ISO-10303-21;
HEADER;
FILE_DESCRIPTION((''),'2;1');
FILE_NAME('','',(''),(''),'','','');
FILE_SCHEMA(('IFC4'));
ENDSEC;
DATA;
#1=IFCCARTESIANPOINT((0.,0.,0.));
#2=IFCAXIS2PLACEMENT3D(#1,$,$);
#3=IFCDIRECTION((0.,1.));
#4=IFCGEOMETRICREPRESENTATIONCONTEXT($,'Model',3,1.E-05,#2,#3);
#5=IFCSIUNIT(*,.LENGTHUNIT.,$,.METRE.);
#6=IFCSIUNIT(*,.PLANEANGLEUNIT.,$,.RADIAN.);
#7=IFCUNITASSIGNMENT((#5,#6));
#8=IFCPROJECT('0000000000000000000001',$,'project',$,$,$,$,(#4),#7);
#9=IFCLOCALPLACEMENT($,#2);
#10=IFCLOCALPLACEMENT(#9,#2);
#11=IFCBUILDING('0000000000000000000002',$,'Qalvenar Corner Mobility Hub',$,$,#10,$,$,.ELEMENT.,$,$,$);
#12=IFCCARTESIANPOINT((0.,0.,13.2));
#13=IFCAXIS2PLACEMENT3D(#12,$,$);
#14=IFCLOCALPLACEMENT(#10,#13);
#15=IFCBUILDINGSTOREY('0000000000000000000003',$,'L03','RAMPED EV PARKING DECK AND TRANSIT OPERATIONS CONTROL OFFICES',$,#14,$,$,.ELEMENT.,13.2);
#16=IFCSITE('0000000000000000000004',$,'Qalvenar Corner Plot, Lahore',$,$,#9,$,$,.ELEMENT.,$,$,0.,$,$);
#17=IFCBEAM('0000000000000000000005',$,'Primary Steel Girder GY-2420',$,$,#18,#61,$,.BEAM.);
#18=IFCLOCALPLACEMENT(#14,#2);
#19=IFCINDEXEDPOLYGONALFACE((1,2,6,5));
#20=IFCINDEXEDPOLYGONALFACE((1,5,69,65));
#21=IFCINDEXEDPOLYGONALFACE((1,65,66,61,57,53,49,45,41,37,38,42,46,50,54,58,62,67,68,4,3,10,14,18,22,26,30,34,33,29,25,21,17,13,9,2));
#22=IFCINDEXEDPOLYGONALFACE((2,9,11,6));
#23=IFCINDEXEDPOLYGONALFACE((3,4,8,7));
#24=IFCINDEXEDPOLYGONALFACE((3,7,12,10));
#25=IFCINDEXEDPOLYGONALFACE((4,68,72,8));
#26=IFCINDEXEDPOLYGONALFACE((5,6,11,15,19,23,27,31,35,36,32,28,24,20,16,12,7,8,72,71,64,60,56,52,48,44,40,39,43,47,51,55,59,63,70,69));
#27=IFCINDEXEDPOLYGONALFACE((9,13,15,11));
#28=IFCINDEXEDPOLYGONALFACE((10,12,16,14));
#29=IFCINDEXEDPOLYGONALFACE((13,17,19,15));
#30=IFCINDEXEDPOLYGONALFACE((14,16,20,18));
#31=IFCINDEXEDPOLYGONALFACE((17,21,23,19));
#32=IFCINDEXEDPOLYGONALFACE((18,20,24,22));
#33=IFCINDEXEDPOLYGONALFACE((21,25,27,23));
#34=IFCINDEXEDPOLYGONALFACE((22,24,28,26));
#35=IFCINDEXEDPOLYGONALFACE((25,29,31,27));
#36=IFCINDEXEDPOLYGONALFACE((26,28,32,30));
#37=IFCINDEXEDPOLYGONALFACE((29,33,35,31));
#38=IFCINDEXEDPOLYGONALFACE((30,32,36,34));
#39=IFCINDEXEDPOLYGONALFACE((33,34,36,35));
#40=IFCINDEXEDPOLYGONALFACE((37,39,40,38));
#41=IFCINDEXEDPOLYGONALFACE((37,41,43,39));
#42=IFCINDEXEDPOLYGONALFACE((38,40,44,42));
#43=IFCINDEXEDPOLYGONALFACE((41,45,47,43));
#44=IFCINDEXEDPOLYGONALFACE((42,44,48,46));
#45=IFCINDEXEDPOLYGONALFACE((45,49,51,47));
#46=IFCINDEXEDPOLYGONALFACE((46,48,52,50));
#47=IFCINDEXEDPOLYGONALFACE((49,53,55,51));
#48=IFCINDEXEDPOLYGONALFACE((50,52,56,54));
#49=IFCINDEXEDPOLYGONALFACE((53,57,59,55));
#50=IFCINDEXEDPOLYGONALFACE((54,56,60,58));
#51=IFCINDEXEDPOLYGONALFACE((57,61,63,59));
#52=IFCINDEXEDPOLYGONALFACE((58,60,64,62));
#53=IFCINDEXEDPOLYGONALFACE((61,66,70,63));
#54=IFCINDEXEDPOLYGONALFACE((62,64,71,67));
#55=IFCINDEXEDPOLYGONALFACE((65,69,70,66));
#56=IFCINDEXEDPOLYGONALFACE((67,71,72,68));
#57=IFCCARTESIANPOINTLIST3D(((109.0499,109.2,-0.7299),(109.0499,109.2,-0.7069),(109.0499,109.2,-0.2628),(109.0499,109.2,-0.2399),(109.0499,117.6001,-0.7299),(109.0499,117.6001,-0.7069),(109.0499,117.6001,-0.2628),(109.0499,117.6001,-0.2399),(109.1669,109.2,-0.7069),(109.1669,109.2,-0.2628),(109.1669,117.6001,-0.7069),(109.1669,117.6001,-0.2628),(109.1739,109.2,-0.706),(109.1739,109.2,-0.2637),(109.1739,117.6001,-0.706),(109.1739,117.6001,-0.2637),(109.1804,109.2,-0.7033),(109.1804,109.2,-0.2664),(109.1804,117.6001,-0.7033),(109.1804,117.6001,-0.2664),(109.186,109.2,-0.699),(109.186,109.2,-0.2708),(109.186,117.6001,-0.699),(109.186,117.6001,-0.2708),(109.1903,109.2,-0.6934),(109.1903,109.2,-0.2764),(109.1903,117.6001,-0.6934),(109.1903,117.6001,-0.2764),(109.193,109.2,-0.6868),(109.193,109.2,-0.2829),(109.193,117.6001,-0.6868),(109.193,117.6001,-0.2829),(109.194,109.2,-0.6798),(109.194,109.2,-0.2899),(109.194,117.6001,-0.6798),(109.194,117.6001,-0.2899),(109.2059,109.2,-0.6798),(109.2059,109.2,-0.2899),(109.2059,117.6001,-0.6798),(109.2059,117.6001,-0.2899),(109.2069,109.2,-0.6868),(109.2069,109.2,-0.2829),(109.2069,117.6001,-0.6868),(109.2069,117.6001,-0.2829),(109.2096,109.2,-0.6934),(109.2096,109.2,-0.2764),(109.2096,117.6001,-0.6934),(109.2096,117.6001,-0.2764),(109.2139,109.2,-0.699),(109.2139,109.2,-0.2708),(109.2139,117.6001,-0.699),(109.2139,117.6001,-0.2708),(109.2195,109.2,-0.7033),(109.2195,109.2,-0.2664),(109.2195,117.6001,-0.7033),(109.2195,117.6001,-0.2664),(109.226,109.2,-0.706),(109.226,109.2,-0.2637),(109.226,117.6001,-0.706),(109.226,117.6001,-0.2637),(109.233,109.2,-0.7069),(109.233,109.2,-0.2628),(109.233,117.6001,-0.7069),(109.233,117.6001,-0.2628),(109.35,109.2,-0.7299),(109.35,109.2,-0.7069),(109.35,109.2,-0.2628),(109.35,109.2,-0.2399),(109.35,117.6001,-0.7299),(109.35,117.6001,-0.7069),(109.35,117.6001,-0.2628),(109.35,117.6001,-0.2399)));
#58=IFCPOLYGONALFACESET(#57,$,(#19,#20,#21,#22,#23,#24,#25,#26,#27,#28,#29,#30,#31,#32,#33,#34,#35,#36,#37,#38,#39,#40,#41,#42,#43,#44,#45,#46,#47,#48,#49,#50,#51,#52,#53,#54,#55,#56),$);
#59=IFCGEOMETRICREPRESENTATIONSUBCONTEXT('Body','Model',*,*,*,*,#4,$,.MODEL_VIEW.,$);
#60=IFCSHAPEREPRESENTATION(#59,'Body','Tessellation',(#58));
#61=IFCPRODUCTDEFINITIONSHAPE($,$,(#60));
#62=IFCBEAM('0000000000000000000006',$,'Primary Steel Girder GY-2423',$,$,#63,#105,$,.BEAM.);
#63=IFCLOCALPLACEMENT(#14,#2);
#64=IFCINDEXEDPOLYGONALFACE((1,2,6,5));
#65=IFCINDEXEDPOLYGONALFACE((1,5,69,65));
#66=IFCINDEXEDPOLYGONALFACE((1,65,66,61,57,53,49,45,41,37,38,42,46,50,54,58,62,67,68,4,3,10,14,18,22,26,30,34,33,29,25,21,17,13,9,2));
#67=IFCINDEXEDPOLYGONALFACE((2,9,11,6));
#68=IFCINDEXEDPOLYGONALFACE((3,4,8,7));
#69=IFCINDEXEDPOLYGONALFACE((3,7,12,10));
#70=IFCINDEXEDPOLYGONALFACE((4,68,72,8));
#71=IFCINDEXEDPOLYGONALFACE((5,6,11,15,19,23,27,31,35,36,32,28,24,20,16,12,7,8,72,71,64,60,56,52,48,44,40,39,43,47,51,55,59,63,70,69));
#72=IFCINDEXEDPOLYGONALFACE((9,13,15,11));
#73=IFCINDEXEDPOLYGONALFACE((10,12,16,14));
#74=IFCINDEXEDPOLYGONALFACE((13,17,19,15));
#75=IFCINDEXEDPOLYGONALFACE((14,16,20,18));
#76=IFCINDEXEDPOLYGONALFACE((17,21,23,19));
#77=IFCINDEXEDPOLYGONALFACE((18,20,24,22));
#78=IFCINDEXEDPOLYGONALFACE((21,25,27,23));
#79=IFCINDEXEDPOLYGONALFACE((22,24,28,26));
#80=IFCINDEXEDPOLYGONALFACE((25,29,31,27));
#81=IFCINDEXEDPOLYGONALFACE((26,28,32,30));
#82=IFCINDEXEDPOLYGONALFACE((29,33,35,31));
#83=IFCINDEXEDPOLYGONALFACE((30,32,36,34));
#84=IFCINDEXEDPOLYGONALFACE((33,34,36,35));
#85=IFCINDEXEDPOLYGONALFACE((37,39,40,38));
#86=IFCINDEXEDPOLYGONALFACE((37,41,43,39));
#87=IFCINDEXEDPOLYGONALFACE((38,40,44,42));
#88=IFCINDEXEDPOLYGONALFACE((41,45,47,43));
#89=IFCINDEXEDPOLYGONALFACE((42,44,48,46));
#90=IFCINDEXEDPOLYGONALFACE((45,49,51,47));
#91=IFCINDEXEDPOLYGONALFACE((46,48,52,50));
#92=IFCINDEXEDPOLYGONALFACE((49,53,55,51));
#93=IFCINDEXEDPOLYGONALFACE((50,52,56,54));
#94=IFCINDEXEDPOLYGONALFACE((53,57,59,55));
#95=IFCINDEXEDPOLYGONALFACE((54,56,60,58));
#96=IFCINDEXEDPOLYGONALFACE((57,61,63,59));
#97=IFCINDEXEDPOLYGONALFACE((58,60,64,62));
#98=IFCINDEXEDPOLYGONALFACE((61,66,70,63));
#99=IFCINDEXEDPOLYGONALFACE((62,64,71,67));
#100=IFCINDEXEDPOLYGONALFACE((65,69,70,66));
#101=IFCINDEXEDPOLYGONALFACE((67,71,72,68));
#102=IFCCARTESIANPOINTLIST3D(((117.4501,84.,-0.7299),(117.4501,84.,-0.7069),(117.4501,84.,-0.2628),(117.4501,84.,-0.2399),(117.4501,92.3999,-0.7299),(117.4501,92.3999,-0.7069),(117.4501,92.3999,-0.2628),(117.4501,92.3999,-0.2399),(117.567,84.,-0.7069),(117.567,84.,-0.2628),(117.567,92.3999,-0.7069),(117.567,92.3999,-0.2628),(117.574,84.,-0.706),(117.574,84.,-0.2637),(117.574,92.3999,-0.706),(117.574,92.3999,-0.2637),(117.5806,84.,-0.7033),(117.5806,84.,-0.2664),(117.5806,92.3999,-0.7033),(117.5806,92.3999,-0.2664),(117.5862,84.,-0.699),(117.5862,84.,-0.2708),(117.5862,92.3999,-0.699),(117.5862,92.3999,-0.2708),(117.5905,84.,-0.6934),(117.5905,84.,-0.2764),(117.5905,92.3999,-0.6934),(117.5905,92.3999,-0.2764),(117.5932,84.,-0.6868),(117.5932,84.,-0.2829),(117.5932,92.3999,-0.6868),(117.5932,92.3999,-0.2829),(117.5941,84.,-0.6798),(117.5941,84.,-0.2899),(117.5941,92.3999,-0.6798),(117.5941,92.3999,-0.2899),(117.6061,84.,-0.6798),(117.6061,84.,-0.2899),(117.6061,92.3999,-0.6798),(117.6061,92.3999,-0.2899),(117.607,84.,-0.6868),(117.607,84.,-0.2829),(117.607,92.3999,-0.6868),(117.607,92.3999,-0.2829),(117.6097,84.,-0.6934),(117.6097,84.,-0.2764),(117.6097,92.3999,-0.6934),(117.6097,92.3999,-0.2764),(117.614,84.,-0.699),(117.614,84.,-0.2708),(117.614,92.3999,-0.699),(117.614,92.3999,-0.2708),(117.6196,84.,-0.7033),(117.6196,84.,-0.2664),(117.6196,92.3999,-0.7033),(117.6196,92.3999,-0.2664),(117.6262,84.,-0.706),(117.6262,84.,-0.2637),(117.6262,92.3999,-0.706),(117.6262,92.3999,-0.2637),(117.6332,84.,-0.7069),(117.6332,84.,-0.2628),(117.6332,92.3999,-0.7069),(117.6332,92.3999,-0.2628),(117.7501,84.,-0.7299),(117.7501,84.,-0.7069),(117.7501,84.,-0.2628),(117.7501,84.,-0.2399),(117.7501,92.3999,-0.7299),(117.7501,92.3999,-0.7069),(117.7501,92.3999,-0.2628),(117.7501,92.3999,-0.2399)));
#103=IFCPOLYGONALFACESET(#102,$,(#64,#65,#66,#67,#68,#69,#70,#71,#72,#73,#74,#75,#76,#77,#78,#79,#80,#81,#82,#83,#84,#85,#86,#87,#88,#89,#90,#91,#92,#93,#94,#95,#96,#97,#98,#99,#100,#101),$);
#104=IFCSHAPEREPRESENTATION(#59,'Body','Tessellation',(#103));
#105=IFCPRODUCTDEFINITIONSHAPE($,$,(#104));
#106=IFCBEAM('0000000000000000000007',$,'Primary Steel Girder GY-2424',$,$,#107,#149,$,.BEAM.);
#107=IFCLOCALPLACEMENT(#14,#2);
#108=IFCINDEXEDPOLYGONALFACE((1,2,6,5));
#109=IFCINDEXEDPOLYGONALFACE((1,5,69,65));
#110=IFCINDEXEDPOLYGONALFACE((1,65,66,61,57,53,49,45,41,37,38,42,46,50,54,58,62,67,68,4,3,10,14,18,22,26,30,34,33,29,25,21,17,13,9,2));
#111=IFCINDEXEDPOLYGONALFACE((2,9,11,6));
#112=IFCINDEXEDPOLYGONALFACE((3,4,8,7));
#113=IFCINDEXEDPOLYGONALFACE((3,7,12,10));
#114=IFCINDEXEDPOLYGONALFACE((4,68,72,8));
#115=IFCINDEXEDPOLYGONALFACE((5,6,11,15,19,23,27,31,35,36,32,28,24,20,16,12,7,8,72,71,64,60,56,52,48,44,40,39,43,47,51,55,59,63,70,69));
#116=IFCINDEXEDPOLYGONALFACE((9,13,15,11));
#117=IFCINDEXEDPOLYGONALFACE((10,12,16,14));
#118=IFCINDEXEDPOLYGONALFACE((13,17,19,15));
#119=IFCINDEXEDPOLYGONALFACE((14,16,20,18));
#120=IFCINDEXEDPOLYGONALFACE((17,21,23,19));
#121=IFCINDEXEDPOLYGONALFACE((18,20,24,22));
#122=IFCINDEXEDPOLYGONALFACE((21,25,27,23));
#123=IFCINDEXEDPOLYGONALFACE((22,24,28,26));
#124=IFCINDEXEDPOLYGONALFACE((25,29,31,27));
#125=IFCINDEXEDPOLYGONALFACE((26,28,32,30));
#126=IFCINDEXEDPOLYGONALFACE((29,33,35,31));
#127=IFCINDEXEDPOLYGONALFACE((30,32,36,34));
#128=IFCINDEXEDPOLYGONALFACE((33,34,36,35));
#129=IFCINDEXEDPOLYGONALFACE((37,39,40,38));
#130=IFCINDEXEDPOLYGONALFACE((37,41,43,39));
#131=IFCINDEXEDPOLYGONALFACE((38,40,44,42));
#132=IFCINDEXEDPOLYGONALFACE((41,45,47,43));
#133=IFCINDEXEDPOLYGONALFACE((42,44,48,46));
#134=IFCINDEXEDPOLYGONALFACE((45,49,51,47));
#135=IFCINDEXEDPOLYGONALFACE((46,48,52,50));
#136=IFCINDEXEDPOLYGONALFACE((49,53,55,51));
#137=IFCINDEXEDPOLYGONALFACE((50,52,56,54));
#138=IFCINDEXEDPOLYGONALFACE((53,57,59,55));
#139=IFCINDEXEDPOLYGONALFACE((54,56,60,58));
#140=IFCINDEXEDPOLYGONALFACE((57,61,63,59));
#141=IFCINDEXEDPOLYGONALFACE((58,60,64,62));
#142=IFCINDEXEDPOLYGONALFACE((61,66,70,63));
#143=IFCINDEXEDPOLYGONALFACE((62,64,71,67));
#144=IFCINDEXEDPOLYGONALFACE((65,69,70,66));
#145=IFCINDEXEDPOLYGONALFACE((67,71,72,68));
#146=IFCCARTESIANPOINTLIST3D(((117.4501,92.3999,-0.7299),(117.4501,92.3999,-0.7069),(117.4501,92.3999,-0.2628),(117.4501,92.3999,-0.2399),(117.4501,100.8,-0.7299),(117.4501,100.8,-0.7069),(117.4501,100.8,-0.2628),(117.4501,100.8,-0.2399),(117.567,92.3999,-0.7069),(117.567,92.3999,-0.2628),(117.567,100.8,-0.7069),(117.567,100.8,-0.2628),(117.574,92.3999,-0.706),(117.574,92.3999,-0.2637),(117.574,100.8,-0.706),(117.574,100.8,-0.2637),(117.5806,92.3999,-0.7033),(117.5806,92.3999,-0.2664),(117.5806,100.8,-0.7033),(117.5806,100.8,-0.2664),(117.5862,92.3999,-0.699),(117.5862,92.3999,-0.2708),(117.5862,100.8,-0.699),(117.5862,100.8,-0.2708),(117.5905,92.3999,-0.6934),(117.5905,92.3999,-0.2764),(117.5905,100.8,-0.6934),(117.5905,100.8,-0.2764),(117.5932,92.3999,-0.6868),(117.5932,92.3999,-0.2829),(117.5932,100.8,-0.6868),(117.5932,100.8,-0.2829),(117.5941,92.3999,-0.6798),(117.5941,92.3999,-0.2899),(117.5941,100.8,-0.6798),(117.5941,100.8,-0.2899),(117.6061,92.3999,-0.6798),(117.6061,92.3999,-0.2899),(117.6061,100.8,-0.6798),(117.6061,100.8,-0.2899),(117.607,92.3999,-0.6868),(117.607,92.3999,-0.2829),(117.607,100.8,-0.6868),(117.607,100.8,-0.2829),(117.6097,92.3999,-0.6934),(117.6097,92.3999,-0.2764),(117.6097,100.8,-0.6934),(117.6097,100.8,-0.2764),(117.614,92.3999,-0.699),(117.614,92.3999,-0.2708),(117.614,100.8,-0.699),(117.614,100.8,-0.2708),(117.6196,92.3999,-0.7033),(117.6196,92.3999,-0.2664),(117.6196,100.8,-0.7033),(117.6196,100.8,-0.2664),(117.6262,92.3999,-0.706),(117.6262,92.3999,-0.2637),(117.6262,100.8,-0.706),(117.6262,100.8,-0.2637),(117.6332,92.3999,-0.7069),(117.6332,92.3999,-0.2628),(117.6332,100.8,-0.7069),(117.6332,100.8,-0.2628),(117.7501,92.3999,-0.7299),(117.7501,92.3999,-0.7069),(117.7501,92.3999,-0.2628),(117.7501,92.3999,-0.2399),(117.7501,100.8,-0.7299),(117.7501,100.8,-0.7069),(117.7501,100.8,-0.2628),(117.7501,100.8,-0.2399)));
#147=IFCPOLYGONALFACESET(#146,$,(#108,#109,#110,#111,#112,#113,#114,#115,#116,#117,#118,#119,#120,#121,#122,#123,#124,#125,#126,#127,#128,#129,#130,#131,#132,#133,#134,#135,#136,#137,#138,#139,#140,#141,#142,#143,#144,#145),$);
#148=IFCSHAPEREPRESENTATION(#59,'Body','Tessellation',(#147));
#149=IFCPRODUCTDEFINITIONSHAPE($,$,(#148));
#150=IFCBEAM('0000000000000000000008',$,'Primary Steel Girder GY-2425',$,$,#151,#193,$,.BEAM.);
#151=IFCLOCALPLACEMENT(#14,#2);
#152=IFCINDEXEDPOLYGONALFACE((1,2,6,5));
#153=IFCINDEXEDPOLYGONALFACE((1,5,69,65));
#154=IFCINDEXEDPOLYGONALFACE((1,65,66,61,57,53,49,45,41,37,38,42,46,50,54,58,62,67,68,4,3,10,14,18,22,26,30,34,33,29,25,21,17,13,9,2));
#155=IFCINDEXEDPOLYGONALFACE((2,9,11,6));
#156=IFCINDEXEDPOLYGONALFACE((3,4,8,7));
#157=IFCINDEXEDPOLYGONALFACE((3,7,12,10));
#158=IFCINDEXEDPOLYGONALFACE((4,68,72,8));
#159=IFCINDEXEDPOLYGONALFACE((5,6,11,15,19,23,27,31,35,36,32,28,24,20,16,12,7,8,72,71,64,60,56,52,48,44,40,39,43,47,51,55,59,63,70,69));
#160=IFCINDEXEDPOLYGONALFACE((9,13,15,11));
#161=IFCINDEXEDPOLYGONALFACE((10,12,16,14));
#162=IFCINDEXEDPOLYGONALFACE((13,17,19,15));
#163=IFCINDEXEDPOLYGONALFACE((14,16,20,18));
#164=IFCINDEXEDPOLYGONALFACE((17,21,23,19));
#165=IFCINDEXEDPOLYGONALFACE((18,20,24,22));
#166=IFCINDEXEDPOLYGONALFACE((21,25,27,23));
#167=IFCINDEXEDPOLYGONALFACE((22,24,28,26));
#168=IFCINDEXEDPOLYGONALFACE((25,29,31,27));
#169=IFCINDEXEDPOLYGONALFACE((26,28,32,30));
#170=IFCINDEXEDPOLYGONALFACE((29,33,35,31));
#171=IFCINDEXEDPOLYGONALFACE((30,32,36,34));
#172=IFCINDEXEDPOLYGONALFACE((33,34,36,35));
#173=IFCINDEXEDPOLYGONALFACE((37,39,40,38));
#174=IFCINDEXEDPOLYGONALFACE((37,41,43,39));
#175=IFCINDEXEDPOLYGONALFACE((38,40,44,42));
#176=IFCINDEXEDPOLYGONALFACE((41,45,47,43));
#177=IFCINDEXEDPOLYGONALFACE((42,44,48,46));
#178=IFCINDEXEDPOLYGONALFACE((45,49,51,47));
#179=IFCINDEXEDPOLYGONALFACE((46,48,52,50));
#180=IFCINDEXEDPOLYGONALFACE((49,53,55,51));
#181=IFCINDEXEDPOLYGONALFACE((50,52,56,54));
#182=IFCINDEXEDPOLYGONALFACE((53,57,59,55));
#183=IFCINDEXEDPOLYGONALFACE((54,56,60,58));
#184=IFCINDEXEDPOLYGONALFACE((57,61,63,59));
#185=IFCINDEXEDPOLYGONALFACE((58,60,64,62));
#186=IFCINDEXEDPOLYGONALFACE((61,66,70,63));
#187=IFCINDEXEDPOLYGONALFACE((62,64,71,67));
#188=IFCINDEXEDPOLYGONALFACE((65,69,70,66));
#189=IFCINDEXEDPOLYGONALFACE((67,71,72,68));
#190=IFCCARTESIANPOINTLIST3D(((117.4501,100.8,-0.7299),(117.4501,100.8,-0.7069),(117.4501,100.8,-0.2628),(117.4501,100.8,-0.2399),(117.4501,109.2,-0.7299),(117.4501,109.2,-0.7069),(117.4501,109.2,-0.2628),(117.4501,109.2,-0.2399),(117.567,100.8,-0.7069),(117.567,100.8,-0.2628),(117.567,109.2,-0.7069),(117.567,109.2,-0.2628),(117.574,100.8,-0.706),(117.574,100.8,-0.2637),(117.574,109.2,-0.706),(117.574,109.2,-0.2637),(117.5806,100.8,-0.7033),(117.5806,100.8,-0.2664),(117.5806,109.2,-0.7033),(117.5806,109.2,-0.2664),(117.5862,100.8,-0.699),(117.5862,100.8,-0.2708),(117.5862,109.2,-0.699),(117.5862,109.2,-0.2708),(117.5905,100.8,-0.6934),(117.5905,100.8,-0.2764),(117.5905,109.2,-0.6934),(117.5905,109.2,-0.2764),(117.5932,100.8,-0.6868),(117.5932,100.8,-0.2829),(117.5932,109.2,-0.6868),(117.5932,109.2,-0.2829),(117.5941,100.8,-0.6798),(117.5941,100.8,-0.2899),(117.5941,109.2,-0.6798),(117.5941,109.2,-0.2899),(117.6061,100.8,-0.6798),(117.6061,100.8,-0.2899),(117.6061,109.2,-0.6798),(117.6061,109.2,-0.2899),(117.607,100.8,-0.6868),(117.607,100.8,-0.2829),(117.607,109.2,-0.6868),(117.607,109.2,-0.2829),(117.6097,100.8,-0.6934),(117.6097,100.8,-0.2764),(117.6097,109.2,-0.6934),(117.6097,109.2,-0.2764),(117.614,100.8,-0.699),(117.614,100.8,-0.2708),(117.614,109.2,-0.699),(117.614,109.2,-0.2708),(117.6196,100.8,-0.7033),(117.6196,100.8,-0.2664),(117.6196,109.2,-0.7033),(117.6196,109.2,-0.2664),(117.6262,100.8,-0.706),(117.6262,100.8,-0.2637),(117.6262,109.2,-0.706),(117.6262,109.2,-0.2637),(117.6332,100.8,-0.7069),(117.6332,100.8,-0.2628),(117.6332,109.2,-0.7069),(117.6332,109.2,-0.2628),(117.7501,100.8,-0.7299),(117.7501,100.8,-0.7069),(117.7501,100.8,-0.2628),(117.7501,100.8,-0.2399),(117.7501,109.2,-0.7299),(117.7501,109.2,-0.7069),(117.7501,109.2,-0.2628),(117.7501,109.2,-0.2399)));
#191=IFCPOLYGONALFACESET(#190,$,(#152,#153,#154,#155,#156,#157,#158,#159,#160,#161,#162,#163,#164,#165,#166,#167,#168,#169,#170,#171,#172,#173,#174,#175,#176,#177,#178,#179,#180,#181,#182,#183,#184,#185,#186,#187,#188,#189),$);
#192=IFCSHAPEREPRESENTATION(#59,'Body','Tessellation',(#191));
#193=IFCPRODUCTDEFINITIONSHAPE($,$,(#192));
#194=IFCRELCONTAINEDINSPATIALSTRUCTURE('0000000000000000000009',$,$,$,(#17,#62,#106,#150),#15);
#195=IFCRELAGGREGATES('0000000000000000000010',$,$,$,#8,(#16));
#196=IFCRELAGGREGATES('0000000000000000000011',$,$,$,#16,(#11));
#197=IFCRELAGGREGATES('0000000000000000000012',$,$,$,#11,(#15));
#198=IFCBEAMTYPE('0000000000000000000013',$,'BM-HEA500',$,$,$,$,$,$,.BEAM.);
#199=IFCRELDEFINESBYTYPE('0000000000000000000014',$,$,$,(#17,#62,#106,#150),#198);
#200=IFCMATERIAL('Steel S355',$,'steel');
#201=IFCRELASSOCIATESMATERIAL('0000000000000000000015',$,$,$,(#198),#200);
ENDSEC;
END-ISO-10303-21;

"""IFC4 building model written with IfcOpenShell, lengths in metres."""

from ifc_helpers import new_model, si_unit, direction, frame, origin, origin_2d, place, context, subcontext, project, spatial, i_section, extrude, material, material_profile, profile_set, type_object, element, save


model = new_model("IFC4")

# Units and contexts
model_context = context("Model", 3, precision=1e-05, world=origin(), true_north=direction((0.0, 1.0)))
body_context = subcontext(model_context, "Body", "Model", "MODEL_VIEW")
ifc_project = project(units=[si_unit("LENGTHUNIT", "METRE"), si_unit("PLANEANGLEUNIT", "RADIAN")], contexts=[model_context])

# Site, building, storey
site_placement = place(None, origin())
site = spatial("IfcSite", under=ifc_project, at=site_placement, Name="Qalvenar Corner Plot, Lahore", CompositionType="ELEMENT", RefElevation=0.0)
building_placement = place(site_placement, origin())
building = spatial("IfcBuilding", under=site, at=building_placement, Name="Qalvenar Corner Mobility Hub", CompositionType="ELEMENT")
storey_placement = place(building_placement, frame((0.0, 0.0, 13.2)))
storey = spatial("IfcBuildingStorey", under=building, at=storey_placement, Name="L03", Description="RAMPED EV PARKING DECK AND TRANSIT OPERATIONS CONTROL OFFICES", CompositionType="ELEMENT", Elevation=13.2)

# Shared definitions
ifc_material = material(Name="Steel S355", Category="steel")

# Beams
ifc_material_profile_1 = material_profile(ifc_material, i_section(OverallWidth=0.3, OverallDepth=0.49, WebThickness=0.012, FlangeThickness=0.0229, FilletRadius=0.0271, at=origin_2d()), Name="HEA500")
ifc_profile_set_1 = profile_set([ifc_material_profile_1], Name="Steel S355")
beam_type_1 = type_object("IfcBeamType", Name="BM-HEA500", PredefinedType="BEAM", material=ifc_profile_set_1)
beam_1_placement = place(storey_placement, frame((109.2, 109.2, -0.4849), z_axis=(0.0, 1.0, 0.0), x_axis=(-1.0, 0.0, 0.0)))
element("IfcBeam", 1, at=beam_1_placement, inside=storey, type_object=beam_type_1, Name="Primary Steel Girder GY-2420", PredefinedType="BEAM", context=body_context, shape_type="SweptSolid", body=[
    extrude(i_section(OverallWidth=0.3, OverallDepth=0.49, WebThickness=0.012, FlangeThickness=0.0229, FilletRadius=0.0271, at=origin_2d()), origin(), (0.0, 0.0, 1.0), 8.4001),
])
beam_2_placement = place(storey_placement, frame((117.6001, 84.0, -0.4849), z_axis=(0.0, 1.0, 0.0), x_axis=(-1.0, 0.0, 0.0)))
element("IfcBeam", 2, at=beam_2_placement, inside=storey, type_object=beam_type_1, Name="Primary Steel Girder GY-2423", PredefinedType="BEAM", context=body_context, shape_type="SweptSolid", body=[
    extrude(i_section(OverallWidth=0.3, OverallDepth=0.49, WebThickness=0.012, FlangeThickness=0.0229, FilletRadius=0.0271, at=origin_2d()), origin(), (0.0, 0.0, 1.0), 8.3999),
])
beam_3_placement = place(storey_placement, frame((117.6001, 92.3999, -0.4849), z_axis=(0.0, 1.0, 0.0), x_axis=(-1.0, 0.0, 0.0)))
element("IfcBeam", 3, at=beam_3_placement, inside=storey, type_object=beam_type_1, Name="Primary Steel Girder GY-2424", PredefinedType="BEAM", context=body_context, shape_type="SweptSolid", body=[
    extrude(i_section(OverallWidth=0.3, OverallDepth=0.49, WebThickness=0.012, FlangeThickness=0.0229, FilletRadius=0.0271, at=origin_2d()), origin(), (0.0, 0.0, 1.0), 8.4001),
])
beam_4_placement = place(storey_placement, frame((117.6001, 100.8, -0.4849), z_axis=(0.0, 1.0, 0.0), x_axis=(-1.0, 0.0, 0.0)))
element("IfcBeam", 4, at=beam_4_placement, inside=storey, type_object=beam_type_1, Name="Primary Steel Girder GY-2425", PredefinedType="BEAM", context=body_context, shape_type="SweptSolid", body=[
    extrude(i_section(OverallWidth=0.3, OverallDepth=0.49, WebThickness=0.012, FlangeThickness=0.0229, FilletRadius=0.0271, at=origin_2d()), origin(), (0.0, 0.0, 1.0), 8.3999),
])

save(model, "model.ifc")
